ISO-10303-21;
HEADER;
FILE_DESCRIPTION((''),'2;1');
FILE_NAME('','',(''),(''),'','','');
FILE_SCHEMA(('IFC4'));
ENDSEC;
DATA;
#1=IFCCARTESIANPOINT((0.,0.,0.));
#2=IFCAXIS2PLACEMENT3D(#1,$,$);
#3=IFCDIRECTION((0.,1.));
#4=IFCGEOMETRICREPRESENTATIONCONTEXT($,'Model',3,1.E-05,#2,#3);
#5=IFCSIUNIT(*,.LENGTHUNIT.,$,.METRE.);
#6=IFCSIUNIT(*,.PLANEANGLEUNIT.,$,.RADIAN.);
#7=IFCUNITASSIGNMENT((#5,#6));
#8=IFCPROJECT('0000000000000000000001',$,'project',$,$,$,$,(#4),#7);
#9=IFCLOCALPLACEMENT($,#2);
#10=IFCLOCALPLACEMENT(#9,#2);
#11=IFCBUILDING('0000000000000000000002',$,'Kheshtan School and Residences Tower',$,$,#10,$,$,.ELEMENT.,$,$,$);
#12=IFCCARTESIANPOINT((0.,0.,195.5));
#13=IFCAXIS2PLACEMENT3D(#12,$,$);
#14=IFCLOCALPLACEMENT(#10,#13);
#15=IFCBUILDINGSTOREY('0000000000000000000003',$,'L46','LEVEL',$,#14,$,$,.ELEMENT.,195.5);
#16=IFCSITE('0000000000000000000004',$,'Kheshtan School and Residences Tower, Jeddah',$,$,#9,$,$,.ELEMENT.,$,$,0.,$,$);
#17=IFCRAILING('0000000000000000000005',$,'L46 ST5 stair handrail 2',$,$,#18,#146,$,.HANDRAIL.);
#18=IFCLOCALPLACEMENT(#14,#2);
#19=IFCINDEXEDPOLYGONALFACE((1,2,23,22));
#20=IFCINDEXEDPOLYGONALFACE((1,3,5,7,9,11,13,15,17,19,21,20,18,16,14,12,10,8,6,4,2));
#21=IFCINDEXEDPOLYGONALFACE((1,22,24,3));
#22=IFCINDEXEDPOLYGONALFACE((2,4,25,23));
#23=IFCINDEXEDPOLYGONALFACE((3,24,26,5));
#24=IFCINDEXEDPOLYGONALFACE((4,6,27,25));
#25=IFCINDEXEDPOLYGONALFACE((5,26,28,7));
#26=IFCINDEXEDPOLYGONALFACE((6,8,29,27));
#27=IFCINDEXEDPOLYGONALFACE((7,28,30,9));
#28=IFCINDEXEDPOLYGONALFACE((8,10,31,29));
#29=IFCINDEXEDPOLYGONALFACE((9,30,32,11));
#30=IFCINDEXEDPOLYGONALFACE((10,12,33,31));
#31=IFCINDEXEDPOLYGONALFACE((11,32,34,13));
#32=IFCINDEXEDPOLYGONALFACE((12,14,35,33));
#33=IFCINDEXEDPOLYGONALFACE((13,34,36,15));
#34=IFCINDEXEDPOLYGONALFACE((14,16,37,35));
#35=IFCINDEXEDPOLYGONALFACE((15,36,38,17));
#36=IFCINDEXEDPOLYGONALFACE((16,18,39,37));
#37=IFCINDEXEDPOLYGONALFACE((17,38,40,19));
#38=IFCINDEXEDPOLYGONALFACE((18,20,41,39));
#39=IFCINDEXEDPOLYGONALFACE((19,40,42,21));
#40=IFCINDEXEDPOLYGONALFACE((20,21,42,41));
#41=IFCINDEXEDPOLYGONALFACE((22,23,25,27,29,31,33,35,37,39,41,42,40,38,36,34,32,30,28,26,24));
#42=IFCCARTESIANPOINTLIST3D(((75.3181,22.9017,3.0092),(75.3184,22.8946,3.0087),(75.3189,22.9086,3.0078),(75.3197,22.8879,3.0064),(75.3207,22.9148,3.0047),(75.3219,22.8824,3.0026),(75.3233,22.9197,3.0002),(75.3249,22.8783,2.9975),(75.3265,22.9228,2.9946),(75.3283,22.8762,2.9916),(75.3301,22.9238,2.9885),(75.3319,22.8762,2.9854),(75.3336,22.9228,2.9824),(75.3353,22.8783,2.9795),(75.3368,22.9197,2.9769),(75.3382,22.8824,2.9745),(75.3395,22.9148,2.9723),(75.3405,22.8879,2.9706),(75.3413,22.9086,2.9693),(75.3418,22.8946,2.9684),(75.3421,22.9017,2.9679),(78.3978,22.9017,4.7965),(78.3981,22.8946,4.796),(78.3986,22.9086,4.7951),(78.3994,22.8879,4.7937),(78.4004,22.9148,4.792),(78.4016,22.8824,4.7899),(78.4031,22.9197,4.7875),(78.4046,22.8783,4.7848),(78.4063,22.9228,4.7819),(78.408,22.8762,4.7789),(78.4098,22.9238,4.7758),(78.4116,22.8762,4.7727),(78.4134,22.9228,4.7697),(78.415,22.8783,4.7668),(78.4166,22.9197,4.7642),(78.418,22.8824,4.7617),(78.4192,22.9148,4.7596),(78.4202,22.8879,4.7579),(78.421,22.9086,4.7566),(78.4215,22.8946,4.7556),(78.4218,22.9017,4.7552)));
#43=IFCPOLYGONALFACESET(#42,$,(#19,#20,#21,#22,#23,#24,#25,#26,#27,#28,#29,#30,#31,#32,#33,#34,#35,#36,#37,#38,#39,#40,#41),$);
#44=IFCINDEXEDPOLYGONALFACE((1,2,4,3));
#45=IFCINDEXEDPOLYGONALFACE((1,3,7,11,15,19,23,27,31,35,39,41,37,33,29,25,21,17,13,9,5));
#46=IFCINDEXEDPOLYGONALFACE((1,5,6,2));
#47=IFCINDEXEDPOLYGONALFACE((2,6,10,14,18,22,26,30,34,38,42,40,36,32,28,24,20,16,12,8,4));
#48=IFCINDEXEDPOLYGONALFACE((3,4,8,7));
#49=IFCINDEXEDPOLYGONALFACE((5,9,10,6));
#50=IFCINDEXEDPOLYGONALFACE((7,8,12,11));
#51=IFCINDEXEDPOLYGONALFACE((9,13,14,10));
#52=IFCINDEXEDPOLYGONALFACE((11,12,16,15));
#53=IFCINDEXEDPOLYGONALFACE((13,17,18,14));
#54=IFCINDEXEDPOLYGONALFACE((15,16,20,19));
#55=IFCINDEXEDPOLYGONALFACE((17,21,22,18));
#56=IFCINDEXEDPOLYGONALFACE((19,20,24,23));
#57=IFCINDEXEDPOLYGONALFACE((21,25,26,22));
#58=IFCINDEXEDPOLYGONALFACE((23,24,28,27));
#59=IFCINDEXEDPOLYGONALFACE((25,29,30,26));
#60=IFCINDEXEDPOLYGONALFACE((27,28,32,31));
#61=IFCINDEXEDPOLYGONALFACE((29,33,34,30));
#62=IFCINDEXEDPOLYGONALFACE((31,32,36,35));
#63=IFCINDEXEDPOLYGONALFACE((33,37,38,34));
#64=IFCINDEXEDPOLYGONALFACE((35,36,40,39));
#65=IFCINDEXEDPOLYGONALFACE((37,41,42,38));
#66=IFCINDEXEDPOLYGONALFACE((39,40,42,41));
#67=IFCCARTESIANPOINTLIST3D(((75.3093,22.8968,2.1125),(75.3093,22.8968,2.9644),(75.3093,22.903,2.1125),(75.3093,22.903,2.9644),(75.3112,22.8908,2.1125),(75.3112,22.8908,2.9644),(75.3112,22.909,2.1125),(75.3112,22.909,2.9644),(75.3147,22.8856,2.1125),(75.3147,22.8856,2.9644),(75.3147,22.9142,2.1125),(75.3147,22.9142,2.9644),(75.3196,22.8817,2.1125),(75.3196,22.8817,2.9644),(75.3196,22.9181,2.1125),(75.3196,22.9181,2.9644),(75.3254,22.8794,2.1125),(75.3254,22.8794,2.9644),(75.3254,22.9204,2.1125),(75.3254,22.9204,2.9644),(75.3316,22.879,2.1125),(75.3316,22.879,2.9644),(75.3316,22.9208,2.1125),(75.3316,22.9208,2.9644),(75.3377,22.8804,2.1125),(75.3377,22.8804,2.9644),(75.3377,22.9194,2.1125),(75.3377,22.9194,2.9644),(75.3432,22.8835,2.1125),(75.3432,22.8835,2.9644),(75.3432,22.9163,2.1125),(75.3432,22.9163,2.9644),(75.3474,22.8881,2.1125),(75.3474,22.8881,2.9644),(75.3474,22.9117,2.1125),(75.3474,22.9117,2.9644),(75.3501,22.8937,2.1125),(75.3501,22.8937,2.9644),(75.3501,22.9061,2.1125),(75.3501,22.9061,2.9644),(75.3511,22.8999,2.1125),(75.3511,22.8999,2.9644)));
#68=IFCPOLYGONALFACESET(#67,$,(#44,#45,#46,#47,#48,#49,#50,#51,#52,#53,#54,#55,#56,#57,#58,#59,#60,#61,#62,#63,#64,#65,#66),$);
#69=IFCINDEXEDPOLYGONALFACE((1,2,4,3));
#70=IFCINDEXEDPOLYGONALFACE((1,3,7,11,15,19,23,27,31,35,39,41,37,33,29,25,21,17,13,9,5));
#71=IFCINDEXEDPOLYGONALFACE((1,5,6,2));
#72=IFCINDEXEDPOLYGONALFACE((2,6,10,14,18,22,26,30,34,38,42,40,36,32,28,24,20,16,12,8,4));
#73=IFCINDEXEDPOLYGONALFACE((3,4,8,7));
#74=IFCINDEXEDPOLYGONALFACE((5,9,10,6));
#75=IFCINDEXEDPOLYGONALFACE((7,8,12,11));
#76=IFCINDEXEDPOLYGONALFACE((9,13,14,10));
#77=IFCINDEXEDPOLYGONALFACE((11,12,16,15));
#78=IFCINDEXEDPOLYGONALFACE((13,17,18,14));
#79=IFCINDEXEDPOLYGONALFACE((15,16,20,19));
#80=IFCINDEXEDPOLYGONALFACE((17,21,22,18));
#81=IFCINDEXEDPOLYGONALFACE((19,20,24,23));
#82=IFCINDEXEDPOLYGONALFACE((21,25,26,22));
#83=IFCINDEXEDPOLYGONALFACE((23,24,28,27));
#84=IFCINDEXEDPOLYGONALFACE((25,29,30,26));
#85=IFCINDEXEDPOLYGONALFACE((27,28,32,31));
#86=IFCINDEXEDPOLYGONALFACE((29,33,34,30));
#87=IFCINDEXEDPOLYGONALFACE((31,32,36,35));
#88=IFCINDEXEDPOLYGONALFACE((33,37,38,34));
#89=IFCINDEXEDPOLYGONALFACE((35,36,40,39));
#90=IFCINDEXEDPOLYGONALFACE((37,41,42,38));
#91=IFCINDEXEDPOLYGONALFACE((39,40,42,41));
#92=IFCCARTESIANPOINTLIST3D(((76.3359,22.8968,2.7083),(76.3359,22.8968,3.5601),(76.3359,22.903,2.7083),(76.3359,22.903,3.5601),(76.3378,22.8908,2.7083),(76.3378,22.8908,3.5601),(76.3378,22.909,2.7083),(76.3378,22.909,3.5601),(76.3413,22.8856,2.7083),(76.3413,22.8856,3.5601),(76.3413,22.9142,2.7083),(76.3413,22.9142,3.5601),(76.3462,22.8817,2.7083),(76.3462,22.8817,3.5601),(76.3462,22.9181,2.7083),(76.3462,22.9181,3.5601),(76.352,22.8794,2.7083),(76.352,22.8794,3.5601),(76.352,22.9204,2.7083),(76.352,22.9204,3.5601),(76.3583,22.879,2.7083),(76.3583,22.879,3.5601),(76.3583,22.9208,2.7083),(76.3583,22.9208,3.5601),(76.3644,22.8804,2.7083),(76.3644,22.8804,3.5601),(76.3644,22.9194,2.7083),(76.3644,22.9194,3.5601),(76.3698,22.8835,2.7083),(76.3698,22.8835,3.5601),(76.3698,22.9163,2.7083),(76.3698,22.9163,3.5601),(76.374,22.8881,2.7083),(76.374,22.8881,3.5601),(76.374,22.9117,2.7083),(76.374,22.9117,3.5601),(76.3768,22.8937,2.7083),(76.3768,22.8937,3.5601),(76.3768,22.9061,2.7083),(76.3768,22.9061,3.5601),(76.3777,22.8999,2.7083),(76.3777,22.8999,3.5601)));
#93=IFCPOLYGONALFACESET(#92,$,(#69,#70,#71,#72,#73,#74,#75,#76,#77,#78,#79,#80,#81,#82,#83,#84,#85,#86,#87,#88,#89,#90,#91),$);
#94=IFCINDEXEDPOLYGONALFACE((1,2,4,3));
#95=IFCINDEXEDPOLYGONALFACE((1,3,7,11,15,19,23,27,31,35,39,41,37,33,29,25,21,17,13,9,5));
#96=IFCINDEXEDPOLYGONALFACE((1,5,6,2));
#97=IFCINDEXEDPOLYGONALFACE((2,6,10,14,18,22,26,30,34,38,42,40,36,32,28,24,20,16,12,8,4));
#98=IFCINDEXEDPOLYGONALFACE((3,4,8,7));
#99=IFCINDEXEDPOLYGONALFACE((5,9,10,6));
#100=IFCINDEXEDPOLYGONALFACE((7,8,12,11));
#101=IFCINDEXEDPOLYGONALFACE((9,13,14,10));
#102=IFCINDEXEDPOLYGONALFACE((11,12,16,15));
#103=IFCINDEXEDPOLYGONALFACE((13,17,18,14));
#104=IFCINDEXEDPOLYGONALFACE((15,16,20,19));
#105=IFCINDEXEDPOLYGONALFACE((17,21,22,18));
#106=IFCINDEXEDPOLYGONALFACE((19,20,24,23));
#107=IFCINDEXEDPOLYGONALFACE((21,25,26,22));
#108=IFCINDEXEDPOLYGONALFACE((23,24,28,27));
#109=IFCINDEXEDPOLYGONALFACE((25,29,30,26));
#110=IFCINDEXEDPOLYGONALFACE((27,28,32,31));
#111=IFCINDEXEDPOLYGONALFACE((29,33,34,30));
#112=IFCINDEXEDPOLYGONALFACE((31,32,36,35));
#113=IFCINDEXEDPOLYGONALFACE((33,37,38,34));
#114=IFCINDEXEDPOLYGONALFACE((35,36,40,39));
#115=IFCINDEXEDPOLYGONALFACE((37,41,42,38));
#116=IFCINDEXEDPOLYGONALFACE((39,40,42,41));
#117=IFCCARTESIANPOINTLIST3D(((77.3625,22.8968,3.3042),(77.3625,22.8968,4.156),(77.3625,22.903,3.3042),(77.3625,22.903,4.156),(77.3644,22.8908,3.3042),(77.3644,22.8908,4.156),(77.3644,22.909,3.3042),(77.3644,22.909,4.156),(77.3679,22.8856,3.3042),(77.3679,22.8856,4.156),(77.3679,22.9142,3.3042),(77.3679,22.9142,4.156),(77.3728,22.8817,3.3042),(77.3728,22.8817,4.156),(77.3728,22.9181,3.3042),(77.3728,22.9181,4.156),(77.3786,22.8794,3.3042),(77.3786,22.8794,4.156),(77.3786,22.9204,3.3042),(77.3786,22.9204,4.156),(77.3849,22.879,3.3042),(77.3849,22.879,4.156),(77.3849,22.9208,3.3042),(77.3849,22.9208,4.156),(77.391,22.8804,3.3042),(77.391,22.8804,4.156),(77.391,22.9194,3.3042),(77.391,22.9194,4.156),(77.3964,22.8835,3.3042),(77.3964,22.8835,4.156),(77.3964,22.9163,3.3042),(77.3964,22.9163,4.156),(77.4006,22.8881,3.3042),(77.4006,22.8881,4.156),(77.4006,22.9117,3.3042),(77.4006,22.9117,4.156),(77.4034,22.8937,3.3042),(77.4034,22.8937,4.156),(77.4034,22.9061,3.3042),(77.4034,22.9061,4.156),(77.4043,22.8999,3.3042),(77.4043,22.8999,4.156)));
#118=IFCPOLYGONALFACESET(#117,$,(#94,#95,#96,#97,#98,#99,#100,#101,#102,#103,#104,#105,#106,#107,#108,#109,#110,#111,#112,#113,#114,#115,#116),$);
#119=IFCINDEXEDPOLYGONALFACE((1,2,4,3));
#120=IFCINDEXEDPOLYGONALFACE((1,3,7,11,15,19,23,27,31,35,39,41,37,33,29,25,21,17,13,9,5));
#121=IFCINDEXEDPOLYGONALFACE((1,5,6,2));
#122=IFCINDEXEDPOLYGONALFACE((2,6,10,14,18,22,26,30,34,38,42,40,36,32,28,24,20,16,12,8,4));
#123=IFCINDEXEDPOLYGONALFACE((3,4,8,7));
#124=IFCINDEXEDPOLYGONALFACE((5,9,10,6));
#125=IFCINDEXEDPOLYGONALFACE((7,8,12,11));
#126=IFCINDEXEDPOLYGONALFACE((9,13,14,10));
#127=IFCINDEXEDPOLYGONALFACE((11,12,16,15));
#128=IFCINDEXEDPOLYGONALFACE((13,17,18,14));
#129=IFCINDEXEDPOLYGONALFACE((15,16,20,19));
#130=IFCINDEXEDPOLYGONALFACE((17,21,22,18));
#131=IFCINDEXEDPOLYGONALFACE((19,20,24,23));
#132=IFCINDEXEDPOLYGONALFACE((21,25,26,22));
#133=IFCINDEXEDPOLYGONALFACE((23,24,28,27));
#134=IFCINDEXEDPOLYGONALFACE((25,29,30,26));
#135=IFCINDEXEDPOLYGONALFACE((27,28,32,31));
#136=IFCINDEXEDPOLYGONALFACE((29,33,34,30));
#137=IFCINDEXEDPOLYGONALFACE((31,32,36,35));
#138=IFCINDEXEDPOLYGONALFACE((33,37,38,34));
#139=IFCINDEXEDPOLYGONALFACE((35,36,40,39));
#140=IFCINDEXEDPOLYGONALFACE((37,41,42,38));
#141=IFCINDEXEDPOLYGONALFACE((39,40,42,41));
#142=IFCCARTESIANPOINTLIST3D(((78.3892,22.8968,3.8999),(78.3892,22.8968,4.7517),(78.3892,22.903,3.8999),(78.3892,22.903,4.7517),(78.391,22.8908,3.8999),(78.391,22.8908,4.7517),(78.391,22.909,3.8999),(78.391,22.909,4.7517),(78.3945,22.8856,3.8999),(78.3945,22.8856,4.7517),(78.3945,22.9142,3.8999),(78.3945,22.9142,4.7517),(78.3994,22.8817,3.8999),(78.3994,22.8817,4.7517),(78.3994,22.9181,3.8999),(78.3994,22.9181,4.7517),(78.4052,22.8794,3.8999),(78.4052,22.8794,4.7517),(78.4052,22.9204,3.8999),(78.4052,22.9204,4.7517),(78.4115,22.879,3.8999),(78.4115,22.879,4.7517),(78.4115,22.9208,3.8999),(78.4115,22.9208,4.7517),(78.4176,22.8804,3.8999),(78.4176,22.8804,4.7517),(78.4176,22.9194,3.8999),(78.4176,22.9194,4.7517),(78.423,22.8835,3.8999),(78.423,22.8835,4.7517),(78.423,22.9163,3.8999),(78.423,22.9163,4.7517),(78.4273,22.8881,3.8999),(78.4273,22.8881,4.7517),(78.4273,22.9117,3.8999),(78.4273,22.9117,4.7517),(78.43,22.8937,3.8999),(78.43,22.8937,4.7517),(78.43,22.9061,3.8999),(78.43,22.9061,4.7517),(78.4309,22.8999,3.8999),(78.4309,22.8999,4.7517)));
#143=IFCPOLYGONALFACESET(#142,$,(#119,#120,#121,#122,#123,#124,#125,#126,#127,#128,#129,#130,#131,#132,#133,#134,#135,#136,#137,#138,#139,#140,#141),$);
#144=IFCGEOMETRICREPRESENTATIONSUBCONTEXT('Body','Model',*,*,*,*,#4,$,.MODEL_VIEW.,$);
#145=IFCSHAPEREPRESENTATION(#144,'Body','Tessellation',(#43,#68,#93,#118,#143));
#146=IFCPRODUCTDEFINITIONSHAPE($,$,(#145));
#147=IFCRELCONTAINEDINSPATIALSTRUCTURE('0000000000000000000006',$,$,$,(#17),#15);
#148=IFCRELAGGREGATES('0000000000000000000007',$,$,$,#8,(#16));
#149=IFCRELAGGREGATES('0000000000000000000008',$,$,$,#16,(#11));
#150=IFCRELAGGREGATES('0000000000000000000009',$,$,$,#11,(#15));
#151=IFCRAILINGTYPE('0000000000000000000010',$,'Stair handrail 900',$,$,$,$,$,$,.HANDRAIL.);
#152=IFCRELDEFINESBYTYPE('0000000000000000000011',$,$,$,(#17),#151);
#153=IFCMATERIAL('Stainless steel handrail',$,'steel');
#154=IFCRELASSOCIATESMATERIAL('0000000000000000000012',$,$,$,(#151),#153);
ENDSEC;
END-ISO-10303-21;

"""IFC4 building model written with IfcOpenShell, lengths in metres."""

from ifc_helpers import new_model, si_unit, direction, frame, origin, origin_2d, place, context, subcontext, project, spatial, circle, extrude, material, type_object, element, save


model = new_model("IFC4")

# Units and contexts
model_context = context("Model", 3, precision=1e-05, world=origin(), true_north=direction((0.0, 1.0)))
body_context = subcontext(model_context, "Body", "Model", "MODEL_VIEW")
ifc_project = project(units=[si_unit("LENGTHUNIT", "METRE"), si_unit("PLANEANGLEUNIT", "RADIAN")], contexts=[model_context])

# Site, building, storey
site_placement = place(None, origin())
site = spatial("IfcSite", under=ifc_project, at=site_placement, Name="Kheshtan School and Residences Tower, Jeddah", CompositionType="ELEMENT", RefElevation=0.0)
building_placement = place(site_placement, origin())
building = spatial("IfcBuilding", under=site, at=building_placement, Name="Kheshtan School and Residences Tower", CompositionType="ELEMENT")
storey_placement = place(building_placement, frame((0.0, 0.0, 195.5)))
storey = spatial("IfcBuildingStorey", under=building, at=storey_placement, Name="L46", Description="LEVEL", CompositionType="ELEMENT", Elevation=195.5)

# Railing
ifc_material_1 = material(Name="Stainless steel handrail", Category="steel")
railing_type_1 = type_object("IfcRailingType", Name="Stair handrail 900", PredefinedType="HANDRAIL", material=ifc_material_1)
railing_1_placement = place(storey_placement, frame((75.3301, 22.8999, 2.1125)))
element("IfcRailing", 1, at=railing_1_placement, inside=storey, type_object=railing_type_1, Name="L46 ST5 stair handrail 2", PredefinedType="HANDRAIL", context=body_context, shape_type="SweptSolid", body=[
    extrude(circle(Radius=0.0239, at=origin_2d()), frame((0.0, 0.0, 0.876), z_axis=(0.864903, 0.0, 0.501939), x_axis=(0.0, 1.0, 0.0)), (0.0, 0.0, 1.0), 3.5608),
    extrude(circle(Radius=0.021, at=origin_2d()), origin(), (0.0, 0.0, 1.0), 0.8518),
    extrude(circle(Radius=0.021, at=origin_2d()), frame((1.0266, 0.0, 0.5957)), (0.0, 0.0, 1.0), 0.8518),
    extrude(circle(Radius=0.021, at=origin_2d()), frame((2.0532, 0.0, 1.1917)), (0.0, 0.0, 1.0), 0.8518),
    extrude(circle(Radius=0.021, at=origin_2d()), frame((3.0798, 0.0, 1.7874)), (0.0, 0.0, 1.0), 0.8518),
])

save(model, "model.ifc")
